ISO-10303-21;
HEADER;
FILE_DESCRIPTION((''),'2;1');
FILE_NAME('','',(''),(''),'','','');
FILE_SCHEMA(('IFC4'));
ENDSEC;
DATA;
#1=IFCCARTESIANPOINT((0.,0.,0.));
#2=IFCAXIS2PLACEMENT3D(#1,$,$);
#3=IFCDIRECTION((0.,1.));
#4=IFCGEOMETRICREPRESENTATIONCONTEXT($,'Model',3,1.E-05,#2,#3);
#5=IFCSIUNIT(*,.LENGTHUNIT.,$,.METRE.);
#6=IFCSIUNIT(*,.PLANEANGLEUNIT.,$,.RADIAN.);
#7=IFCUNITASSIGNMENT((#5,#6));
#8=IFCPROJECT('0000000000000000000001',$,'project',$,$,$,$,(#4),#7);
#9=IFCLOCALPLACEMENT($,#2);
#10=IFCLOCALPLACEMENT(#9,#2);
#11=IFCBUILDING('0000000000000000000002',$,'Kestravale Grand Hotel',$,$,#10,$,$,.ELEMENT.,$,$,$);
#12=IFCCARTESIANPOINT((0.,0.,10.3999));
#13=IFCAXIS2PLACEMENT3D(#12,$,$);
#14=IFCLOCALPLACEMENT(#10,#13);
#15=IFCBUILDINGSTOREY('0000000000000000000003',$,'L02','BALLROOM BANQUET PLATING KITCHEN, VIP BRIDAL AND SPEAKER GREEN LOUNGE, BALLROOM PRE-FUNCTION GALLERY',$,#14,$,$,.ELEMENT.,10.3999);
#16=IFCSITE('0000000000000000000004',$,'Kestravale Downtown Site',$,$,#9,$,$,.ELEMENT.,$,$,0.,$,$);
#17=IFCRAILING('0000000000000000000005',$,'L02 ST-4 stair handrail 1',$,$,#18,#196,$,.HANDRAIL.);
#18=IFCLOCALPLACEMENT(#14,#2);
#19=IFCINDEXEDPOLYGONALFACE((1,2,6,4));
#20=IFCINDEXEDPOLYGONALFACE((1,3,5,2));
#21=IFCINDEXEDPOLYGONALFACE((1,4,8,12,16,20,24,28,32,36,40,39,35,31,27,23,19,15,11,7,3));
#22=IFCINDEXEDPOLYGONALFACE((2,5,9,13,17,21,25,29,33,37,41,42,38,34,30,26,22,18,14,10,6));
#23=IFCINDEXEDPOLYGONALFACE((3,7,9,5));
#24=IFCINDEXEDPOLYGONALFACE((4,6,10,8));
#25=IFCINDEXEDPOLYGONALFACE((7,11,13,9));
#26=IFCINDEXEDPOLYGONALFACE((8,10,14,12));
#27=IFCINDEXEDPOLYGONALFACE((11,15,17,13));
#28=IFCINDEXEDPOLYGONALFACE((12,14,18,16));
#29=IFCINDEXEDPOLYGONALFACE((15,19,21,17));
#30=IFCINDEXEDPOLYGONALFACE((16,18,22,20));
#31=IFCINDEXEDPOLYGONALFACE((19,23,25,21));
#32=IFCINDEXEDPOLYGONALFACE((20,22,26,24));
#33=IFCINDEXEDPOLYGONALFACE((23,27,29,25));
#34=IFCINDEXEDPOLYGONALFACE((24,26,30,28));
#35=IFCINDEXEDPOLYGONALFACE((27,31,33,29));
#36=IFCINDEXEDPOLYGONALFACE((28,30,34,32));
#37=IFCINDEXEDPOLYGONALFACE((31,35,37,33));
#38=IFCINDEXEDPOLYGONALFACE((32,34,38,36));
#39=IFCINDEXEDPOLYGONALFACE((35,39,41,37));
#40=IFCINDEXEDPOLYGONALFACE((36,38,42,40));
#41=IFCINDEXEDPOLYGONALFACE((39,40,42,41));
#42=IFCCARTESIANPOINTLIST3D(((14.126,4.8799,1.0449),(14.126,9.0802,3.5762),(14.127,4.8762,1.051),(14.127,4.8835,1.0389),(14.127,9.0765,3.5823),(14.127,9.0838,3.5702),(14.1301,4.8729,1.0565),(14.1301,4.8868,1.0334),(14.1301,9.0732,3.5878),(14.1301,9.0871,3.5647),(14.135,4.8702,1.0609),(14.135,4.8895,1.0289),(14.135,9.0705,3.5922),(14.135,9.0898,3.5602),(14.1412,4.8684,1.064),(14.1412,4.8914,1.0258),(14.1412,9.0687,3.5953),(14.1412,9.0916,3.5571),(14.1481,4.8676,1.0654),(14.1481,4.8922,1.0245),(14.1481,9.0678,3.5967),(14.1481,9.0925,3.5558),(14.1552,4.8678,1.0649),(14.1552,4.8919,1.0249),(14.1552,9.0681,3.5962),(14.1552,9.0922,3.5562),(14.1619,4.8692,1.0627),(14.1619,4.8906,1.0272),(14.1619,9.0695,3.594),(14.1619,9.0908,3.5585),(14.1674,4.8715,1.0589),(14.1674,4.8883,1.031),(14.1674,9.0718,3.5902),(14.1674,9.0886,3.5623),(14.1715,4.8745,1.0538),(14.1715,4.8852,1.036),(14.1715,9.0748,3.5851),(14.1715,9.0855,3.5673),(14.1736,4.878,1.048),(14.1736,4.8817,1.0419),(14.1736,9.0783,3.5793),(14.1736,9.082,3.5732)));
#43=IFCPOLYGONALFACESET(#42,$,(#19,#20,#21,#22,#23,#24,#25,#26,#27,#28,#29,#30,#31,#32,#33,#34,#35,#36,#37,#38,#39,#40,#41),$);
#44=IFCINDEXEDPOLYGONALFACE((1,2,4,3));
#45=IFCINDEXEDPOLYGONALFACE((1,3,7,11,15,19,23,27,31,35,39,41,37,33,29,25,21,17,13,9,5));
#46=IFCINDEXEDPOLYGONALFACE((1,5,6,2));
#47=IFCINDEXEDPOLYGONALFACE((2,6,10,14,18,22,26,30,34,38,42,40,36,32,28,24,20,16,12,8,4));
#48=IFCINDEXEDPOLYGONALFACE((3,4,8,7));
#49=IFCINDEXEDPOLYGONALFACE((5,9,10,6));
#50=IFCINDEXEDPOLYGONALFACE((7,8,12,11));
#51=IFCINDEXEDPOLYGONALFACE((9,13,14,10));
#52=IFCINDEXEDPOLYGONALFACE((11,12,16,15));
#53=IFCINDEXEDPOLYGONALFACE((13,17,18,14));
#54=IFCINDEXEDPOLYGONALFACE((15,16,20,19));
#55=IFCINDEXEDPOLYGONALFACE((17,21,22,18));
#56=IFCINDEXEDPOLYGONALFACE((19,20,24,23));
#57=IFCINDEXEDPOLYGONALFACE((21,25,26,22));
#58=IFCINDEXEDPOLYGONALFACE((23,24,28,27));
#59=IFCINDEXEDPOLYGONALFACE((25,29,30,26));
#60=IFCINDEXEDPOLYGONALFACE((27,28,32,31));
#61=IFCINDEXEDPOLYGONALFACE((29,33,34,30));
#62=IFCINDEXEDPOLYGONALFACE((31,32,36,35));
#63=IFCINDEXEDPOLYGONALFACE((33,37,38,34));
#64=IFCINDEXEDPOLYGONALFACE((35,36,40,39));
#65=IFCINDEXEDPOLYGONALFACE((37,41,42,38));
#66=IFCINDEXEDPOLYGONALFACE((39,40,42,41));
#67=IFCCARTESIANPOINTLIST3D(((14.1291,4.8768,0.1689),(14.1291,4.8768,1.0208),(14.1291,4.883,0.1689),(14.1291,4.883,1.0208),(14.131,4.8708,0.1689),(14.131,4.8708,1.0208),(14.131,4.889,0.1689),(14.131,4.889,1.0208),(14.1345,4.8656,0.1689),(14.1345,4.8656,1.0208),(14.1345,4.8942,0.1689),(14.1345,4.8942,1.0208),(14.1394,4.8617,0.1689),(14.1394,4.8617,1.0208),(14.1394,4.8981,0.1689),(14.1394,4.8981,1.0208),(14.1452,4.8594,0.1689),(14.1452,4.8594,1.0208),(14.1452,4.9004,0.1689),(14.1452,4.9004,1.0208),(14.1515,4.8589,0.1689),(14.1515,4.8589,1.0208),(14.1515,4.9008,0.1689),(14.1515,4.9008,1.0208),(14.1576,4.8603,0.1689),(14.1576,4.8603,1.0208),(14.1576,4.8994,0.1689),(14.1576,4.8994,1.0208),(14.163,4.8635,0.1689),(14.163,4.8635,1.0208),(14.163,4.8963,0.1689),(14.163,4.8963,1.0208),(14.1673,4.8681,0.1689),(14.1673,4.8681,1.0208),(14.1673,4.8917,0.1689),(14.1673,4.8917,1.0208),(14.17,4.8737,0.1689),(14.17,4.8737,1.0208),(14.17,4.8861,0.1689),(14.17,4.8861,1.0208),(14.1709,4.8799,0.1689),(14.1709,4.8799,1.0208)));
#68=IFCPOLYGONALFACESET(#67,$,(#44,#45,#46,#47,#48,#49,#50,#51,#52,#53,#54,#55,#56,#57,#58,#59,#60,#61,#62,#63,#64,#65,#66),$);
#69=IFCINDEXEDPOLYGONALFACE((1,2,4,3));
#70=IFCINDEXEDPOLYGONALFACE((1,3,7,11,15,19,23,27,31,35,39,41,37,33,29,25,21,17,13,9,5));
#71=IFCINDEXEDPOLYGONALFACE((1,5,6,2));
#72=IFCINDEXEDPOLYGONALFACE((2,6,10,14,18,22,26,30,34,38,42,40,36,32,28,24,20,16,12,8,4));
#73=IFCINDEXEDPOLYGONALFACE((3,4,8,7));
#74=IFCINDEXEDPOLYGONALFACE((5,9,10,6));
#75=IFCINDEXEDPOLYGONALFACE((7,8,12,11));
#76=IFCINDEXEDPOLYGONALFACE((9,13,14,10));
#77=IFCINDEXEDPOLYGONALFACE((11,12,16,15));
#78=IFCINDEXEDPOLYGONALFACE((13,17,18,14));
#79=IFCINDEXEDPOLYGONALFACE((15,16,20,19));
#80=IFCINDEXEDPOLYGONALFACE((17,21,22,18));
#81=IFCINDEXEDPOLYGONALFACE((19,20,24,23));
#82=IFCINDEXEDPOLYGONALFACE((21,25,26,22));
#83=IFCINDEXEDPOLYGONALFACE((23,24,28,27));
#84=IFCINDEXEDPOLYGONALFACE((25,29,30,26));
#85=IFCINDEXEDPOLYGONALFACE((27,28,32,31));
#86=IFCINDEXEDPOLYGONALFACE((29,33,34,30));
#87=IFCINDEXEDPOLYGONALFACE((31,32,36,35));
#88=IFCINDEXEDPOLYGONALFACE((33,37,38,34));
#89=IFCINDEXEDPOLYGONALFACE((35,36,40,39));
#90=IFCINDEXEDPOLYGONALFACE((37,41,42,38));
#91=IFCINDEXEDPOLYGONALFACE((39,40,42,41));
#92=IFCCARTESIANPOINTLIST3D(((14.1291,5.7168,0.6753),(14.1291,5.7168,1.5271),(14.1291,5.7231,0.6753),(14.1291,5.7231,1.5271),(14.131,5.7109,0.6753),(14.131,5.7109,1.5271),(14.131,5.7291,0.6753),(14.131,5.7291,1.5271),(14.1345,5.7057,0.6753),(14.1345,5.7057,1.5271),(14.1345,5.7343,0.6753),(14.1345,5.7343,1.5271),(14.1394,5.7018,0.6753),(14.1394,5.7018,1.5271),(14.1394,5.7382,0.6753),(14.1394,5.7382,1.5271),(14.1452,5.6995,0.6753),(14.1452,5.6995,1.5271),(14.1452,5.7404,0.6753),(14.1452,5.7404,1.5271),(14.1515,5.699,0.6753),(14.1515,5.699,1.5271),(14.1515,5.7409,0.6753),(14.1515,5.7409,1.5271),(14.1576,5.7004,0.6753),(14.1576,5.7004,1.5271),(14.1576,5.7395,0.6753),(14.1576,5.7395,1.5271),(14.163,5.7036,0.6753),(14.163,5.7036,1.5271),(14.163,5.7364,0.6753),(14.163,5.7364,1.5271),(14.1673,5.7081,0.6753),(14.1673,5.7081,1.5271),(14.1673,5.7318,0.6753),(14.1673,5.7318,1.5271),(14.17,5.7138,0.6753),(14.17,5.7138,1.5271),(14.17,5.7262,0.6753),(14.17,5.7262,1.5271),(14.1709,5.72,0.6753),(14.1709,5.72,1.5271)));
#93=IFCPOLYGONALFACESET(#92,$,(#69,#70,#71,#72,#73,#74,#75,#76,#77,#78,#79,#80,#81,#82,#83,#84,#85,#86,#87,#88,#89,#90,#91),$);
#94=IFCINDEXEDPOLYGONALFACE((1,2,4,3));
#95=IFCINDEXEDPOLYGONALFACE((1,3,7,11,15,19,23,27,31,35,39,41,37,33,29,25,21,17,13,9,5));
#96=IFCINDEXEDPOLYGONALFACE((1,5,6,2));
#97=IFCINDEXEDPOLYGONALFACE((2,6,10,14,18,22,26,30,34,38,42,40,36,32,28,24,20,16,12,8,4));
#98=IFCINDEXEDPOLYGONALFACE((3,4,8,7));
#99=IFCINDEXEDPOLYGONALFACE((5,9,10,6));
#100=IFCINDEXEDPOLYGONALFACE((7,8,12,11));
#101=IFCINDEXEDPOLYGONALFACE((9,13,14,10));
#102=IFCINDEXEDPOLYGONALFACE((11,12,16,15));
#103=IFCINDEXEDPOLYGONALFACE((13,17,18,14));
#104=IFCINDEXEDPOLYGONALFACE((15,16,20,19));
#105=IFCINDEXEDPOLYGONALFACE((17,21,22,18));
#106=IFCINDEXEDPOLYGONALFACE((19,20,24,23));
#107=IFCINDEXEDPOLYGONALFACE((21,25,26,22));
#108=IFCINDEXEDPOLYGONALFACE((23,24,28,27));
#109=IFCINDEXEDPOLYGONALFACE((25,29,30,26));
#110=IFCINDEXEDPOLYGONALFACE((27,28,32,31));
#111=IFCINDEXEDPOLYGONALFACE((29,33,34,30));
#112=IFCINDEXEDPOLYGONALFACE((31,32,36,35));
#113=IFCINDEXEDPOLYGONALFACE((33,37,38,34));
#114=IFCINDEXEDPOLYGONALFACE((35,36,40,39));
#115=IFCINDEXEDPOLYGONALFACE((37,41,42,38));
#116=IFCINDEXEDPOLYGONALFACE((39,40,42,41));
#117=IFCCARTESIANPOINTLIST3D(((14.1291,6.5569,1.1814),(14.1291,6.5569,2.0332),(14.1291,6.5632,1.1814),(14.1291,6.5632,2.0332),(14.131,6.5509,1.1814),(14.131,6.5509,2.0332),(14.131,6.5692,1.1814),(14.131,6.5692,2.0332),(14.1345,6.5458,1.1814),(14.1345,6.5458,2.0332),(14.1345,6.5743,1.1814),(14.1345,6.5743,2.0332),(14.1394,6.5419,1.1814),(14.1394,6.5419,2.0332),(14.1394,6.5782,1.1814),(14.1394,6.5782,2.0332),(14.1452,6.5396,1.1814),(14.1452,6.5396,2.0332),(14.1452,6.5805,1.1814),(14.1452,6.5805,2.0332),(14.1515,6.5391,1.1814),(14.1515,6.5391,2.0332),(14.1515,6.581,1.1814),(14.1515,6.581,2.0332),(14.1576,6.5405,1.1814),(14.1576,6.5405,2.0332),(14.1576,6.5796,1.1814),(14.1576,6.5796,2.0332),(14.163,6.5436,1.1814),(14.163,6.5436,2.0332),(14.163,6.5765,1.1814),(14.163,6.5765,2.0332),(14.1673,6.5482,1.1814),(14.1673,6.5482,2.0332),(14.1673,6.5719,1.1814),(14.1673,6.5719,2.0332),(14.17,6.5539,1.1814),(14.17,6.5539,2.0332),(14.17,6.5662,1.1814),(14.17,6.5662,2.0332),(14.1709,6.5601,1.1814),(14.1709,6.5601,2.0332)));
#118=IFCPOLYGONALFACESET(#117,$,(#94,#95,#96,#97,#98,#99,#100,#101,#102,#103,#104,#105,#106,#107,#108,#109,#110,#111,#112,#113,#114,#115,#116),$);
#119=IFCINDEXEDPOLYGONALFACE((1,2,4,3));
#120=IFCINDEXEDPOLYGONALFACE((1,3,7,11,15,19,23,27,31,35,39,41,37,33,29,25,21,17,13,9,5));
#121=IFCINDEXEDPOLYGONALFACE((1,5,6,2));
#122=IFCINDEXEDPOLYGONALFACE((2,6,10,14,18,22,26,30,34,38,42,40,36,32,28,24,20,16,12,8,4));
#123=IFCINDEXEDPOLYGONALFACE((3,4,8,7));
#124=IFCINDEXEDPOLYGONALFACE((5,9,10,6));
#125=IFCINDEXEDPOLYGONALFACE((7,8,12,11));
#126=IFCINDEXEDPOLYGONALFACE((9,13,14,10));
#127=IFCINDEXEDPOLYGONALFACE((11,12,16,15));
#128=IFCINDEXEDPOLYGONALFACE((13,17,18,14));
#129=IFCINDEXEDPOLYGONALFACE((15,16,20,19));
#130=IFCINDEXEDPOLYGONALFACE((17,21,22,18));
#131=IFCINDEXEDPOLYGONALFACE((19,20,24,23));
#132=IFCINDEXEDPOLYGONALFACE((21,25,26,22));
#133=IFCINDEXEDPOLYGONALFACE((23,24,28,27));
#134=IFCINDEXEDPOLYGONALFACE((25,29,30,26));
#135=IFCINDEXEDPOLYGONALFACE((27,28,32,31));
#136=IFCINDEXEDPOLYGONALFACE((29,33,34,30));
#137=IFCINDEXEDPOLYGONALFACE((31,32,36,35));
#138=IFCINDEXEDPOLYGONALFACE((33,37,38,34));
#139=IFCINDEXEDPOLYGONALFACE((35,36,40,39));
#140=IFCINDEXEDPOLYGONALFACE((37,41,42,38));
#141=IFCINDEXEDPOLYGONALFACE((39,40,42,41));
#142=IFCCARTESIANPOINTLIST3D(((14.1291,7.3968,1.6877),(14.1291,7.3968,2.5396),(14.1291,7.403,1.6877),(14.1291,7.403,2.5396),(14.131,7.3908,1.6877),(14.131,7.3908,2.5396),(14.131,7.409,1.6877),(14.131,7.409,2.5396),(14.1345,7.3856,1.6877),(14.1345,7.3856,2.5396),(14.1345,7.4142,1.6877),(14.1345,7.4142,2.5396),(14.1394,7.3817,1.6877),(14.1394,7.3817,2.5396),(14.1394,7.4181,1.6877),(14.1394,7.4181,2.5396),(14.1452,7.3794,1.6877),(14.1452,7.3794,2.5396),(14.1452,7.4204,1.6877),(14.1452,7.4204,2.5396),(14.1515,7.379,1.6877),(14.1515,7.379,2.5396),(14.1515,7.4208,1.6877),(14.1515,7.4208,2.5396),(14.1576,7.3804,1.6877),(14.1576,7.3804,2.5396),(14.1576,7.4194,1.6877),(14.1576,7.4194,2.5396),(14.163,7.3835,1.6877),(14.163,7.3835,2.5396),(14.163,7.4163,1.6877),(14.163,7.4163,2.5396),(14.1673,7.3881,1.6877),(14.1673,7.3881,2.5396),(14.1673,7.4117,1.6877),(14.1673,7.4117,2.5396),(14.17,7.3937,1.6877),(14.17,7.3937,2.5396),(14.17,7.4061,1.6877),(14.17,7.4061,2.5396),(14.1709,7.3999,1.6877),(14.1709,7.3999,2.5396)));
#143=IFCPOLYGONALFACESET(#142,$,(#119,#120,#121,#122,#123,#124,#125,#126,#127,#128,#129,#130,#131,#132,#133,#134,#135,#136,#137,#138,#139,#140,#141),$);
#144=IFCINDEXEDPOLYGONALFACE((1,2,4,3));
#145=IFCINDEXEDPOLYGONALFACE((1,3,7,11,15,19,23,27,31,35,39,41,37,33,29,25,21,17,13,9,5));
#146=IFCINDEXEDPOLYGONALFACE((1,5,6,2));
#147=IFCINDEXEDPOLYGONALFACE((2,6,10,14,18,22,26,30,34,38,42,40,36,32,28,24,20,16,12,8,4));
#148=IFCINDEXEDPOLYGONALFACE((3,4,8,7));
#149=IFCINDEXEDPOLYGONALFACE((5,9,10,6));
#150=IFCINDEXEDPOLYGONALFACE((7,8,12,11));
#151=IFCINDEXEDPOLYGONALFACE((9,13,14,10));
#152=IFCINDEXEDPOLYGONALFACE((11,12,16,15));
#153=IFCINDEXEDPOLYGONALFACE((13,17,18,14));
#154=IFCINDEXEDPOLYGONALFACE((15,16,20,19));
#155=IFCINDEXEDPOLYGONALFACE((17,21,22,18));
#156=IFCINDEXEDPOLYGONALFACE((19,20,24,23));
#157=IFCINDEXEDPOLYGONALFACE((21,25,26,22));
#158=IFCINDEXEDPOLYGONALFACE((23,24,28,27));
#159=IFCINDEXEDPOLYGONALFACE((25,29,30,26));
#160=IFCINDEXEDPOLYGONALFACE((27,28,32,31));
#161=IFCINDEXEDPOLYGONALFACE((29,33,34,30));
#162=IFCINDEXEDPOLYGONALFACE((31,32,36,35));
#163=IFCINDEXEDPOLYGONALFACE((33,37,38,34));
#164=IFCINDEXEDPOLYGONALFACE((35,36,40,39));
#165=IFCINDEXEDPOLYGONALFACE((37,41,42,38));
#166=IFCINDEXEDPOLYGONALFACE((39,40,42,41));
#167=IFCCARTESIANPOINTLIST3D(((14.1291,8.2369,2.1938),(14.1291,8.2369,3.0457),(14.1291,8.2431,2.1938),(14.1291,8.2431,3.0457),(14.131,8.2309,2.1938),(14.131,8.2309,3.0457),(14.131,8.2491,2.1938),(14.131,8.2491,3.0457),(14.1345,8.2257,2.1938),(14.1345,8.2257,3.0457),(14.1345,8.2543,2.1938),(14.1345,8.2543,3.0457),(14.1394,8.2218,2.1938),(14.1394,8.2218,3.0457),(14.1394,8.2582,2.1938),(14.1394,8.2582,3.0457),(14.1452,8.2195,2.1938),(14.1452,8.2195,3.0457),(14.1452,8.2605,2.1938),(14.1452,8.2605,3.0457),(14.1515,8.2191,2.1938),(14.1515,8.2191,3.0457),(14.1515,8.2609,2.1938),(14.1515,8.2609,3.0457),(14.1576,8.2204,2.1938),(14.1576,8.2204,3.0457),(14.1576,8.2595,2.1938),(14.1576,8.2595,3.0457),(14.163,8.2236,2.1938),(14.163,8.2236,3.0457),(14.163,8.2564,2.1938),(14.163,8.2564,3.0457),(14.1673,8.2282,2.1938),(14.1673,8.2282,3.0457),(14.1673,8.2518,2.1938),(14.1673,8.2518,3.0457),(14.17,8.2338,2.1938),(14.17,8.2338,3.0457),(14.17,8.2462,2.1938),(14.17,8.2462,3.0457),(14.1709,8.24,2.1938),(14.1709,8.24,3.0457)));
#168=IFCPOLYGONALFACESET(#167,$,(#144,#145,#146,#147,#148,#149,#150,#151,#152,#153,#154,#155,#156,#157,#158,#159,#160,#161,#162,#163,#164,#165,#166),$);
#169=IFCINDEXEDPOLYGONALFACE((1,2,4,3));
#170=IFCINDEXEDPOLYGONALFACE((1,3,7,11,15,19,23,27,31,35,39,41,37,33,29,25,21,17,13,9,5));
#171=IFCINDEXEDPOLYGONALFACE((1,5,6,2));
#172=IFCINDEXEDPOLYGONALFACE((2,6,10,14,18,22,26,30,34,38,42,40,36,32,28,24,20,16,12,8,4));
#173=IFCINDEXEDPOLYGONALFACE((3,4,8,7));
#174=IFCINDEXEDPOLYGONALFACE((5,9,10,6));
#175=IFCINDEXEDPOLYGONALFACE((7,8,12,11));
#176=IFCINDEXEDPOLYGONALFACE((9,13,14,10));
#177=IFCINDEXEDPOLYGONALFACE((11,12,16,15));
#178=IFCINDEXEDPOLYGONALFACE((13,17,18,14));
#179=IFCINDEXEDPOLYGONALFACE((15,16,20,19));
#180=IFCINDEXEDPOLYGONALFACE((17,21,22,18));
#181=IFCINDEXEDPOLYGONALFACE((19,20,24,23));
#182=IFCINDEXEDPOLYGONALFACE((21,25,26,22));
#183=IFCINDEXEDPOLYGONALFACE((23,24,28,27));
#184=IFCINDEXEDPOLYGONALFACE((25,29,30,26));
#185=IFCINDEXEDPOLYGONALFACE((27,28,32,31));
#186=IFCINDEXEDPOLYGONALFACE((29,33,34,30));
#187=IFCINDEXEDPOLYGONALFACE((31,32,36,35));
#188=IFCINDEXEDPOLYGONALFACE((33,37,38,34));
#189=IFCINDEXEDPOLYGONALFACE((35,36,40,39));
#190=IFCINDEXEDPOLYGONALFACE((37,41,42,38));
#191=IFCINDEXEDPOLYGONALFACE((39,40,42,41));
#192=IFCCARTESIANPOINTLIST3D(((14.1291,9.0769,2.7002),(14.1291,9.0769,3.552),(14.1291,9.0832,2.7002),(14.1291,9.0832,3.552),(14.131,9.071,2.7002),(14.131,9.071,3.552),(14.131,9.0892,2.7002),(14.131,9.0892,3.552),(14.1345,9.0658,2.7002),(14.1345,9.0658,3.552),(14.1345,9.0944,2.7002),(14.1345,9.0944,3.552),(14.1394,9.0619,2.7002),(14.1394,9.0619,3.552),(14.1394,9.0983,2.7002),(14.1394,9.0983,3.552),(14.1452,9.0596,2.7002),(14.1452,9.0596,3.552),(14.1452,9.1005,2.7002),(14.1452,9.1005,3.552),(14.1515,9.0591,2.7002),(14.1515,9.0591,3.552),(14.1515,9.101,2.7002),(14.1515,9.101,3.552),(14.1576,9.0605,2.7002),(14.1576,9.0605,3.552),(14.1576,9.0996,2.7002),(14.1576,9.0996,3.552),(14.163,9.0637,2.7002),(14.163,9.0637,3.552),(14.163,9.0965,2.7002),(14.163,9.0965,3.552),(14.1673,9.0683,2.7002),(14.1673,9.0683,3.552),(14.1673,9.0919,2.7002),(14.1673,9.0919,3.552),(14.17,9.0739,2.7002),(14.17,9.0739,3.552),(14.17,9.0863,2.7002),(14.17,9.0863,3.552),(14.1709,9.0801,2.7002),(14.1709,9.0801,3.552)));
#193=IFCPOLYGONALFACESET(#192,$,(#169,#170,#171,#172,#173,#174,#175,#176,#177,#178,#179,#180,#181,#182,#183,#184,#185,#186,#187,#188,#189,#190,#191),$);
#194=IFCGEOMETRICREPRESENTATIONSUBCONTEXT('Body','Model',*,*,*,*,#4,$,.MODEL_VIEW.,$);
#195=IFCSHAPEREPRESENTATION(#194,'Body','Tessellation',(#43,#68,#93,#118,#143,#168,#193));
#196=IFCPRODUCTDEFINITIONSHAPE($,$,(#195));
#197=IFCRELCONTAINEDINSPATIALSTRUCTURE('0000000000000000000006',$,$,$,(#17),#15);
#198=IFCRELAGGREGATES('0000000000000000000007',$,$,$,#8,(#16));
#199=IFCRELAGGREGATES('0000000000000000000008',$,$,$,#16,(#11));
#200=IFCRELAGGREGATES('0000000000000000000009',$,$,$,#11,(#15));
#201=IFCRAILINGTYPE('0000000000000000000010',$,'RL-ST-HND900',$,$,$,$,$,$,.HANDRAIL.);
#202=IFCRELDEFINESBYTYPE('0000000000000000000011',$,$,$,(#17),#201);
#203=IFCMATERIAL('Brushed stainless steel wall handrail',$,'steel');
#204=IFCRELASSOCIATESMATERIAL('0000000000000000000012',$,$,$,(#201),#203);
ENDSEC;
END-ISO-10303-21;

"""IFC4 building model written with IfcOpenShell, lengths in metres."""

from ifc_helpers import new_model, si_unit, direction, frame, origin, origin_2d, place, context, subcontext, project, spatial, circle, extrude, material, type_object, element, save


model = new_model("IFC4")

# Units and contexts
model_context = context("Model", 3, precision=1e-05, world=origin(), true_north=direction((0.0, 1.0)))
body_context = subcontext(model_context, "Body", "Model", "MODEL_VIEW")
ifc_project = project(units=[si_unit("LENGTHUNIT", "METRE"), si_unit("PLANEANGLEUNIT", "RADIAN")], contexts=[model_context])

# Site, building, storey
site_placement = place(None, origin())
site = spatial("IfcSite", under=ifc_project, at=site_placement, Name="Kestravale Downtown Site", CompositionType="ELEMENT", RefElevation=0.0)
building_placement = place(site_placement, origin())
building = spatial("IfcBuilding", under=site, at=building_placement, Name="Kestravale Grand Hotel", CompositionType="ELEMENT")
storey_placement = place(building_placement, frame((0.0, 0.0, 10.3999)))
storey = spatial("IfcBuildingStorey", under=building, at=storey_placement, Name="L02", Description="BALLROOM BANQUET PLATING KITCHEN, VIP BRIDAL AND SPEAKER GREEN LOUNGE, BALLROOM PRE-FUNCTION GALLERY", CompositionType="ELEMENT", Elevation=10.3999)

# Railing
ifc_material_1 = material(Name="Brushed stainless steel wall handrail", Category="steel")
railing_type_1 = type_object("IfcRailingType", Name="RL-ST-HND900", PredefinedType="HANDRAIL", material=ifc_material_1)
railing_1_placement = place(storey_placement, frame((14.1499, 4.8799, 0.1689)))
element("IfcRailing", 1, at=railing_1_placement, inside=storey, type_object=railing_type_1, Name="L02 ST-4 stair handrail 1", PredefinedType="HANDRAIL", context=body_context, shape_type="SweptSolid", body=[
    extrude(circle(Radius=0.0239, at=origin_2d()), frame((0.0, 0.0, 0.876), z_axis=(0.0, 0.85649, 0.516164), x_axis=(-1.0, 0.0, 0.0)), (0.0, 0.0, 1.0), 4.9041),
    extrude(circle(Radius=0.021, at=origin_2d()), origin(), (0.0, 0.0, 1.0), 0.8518),
    extrude(circle(Radius=0.021, at=origin_2d()), frame((0.0, 0.8401, 0.5063)), (0.0, 0.0, 1.0), 0.8518),
    extrude(circle(Radius=0.021, at=origin_2d()), frame((0.0, 1.6802, 1.0125)), (0.0, 0.0, 1.0), 0.8518),
    extrude(circle(Radius=0.021, at=origin_2d()), frame((0.0, 2.52, 1.5188)), (0.0, 0.0, 1.0), 0.8518),
    extrude(circle(Radius=0.021, at=origin_2d()), frame((0.0, 3.3601, 2.0249)), (0.0, 0.0, 1.0), 0.8518),
    extrude(circle(Radius=0.021, at=origin_2d()), frame((0.0, 4.2002, 2.5312)), (0.0, 0.0, 1.0), 0.8518),
])

save(model, "model.ifc")
